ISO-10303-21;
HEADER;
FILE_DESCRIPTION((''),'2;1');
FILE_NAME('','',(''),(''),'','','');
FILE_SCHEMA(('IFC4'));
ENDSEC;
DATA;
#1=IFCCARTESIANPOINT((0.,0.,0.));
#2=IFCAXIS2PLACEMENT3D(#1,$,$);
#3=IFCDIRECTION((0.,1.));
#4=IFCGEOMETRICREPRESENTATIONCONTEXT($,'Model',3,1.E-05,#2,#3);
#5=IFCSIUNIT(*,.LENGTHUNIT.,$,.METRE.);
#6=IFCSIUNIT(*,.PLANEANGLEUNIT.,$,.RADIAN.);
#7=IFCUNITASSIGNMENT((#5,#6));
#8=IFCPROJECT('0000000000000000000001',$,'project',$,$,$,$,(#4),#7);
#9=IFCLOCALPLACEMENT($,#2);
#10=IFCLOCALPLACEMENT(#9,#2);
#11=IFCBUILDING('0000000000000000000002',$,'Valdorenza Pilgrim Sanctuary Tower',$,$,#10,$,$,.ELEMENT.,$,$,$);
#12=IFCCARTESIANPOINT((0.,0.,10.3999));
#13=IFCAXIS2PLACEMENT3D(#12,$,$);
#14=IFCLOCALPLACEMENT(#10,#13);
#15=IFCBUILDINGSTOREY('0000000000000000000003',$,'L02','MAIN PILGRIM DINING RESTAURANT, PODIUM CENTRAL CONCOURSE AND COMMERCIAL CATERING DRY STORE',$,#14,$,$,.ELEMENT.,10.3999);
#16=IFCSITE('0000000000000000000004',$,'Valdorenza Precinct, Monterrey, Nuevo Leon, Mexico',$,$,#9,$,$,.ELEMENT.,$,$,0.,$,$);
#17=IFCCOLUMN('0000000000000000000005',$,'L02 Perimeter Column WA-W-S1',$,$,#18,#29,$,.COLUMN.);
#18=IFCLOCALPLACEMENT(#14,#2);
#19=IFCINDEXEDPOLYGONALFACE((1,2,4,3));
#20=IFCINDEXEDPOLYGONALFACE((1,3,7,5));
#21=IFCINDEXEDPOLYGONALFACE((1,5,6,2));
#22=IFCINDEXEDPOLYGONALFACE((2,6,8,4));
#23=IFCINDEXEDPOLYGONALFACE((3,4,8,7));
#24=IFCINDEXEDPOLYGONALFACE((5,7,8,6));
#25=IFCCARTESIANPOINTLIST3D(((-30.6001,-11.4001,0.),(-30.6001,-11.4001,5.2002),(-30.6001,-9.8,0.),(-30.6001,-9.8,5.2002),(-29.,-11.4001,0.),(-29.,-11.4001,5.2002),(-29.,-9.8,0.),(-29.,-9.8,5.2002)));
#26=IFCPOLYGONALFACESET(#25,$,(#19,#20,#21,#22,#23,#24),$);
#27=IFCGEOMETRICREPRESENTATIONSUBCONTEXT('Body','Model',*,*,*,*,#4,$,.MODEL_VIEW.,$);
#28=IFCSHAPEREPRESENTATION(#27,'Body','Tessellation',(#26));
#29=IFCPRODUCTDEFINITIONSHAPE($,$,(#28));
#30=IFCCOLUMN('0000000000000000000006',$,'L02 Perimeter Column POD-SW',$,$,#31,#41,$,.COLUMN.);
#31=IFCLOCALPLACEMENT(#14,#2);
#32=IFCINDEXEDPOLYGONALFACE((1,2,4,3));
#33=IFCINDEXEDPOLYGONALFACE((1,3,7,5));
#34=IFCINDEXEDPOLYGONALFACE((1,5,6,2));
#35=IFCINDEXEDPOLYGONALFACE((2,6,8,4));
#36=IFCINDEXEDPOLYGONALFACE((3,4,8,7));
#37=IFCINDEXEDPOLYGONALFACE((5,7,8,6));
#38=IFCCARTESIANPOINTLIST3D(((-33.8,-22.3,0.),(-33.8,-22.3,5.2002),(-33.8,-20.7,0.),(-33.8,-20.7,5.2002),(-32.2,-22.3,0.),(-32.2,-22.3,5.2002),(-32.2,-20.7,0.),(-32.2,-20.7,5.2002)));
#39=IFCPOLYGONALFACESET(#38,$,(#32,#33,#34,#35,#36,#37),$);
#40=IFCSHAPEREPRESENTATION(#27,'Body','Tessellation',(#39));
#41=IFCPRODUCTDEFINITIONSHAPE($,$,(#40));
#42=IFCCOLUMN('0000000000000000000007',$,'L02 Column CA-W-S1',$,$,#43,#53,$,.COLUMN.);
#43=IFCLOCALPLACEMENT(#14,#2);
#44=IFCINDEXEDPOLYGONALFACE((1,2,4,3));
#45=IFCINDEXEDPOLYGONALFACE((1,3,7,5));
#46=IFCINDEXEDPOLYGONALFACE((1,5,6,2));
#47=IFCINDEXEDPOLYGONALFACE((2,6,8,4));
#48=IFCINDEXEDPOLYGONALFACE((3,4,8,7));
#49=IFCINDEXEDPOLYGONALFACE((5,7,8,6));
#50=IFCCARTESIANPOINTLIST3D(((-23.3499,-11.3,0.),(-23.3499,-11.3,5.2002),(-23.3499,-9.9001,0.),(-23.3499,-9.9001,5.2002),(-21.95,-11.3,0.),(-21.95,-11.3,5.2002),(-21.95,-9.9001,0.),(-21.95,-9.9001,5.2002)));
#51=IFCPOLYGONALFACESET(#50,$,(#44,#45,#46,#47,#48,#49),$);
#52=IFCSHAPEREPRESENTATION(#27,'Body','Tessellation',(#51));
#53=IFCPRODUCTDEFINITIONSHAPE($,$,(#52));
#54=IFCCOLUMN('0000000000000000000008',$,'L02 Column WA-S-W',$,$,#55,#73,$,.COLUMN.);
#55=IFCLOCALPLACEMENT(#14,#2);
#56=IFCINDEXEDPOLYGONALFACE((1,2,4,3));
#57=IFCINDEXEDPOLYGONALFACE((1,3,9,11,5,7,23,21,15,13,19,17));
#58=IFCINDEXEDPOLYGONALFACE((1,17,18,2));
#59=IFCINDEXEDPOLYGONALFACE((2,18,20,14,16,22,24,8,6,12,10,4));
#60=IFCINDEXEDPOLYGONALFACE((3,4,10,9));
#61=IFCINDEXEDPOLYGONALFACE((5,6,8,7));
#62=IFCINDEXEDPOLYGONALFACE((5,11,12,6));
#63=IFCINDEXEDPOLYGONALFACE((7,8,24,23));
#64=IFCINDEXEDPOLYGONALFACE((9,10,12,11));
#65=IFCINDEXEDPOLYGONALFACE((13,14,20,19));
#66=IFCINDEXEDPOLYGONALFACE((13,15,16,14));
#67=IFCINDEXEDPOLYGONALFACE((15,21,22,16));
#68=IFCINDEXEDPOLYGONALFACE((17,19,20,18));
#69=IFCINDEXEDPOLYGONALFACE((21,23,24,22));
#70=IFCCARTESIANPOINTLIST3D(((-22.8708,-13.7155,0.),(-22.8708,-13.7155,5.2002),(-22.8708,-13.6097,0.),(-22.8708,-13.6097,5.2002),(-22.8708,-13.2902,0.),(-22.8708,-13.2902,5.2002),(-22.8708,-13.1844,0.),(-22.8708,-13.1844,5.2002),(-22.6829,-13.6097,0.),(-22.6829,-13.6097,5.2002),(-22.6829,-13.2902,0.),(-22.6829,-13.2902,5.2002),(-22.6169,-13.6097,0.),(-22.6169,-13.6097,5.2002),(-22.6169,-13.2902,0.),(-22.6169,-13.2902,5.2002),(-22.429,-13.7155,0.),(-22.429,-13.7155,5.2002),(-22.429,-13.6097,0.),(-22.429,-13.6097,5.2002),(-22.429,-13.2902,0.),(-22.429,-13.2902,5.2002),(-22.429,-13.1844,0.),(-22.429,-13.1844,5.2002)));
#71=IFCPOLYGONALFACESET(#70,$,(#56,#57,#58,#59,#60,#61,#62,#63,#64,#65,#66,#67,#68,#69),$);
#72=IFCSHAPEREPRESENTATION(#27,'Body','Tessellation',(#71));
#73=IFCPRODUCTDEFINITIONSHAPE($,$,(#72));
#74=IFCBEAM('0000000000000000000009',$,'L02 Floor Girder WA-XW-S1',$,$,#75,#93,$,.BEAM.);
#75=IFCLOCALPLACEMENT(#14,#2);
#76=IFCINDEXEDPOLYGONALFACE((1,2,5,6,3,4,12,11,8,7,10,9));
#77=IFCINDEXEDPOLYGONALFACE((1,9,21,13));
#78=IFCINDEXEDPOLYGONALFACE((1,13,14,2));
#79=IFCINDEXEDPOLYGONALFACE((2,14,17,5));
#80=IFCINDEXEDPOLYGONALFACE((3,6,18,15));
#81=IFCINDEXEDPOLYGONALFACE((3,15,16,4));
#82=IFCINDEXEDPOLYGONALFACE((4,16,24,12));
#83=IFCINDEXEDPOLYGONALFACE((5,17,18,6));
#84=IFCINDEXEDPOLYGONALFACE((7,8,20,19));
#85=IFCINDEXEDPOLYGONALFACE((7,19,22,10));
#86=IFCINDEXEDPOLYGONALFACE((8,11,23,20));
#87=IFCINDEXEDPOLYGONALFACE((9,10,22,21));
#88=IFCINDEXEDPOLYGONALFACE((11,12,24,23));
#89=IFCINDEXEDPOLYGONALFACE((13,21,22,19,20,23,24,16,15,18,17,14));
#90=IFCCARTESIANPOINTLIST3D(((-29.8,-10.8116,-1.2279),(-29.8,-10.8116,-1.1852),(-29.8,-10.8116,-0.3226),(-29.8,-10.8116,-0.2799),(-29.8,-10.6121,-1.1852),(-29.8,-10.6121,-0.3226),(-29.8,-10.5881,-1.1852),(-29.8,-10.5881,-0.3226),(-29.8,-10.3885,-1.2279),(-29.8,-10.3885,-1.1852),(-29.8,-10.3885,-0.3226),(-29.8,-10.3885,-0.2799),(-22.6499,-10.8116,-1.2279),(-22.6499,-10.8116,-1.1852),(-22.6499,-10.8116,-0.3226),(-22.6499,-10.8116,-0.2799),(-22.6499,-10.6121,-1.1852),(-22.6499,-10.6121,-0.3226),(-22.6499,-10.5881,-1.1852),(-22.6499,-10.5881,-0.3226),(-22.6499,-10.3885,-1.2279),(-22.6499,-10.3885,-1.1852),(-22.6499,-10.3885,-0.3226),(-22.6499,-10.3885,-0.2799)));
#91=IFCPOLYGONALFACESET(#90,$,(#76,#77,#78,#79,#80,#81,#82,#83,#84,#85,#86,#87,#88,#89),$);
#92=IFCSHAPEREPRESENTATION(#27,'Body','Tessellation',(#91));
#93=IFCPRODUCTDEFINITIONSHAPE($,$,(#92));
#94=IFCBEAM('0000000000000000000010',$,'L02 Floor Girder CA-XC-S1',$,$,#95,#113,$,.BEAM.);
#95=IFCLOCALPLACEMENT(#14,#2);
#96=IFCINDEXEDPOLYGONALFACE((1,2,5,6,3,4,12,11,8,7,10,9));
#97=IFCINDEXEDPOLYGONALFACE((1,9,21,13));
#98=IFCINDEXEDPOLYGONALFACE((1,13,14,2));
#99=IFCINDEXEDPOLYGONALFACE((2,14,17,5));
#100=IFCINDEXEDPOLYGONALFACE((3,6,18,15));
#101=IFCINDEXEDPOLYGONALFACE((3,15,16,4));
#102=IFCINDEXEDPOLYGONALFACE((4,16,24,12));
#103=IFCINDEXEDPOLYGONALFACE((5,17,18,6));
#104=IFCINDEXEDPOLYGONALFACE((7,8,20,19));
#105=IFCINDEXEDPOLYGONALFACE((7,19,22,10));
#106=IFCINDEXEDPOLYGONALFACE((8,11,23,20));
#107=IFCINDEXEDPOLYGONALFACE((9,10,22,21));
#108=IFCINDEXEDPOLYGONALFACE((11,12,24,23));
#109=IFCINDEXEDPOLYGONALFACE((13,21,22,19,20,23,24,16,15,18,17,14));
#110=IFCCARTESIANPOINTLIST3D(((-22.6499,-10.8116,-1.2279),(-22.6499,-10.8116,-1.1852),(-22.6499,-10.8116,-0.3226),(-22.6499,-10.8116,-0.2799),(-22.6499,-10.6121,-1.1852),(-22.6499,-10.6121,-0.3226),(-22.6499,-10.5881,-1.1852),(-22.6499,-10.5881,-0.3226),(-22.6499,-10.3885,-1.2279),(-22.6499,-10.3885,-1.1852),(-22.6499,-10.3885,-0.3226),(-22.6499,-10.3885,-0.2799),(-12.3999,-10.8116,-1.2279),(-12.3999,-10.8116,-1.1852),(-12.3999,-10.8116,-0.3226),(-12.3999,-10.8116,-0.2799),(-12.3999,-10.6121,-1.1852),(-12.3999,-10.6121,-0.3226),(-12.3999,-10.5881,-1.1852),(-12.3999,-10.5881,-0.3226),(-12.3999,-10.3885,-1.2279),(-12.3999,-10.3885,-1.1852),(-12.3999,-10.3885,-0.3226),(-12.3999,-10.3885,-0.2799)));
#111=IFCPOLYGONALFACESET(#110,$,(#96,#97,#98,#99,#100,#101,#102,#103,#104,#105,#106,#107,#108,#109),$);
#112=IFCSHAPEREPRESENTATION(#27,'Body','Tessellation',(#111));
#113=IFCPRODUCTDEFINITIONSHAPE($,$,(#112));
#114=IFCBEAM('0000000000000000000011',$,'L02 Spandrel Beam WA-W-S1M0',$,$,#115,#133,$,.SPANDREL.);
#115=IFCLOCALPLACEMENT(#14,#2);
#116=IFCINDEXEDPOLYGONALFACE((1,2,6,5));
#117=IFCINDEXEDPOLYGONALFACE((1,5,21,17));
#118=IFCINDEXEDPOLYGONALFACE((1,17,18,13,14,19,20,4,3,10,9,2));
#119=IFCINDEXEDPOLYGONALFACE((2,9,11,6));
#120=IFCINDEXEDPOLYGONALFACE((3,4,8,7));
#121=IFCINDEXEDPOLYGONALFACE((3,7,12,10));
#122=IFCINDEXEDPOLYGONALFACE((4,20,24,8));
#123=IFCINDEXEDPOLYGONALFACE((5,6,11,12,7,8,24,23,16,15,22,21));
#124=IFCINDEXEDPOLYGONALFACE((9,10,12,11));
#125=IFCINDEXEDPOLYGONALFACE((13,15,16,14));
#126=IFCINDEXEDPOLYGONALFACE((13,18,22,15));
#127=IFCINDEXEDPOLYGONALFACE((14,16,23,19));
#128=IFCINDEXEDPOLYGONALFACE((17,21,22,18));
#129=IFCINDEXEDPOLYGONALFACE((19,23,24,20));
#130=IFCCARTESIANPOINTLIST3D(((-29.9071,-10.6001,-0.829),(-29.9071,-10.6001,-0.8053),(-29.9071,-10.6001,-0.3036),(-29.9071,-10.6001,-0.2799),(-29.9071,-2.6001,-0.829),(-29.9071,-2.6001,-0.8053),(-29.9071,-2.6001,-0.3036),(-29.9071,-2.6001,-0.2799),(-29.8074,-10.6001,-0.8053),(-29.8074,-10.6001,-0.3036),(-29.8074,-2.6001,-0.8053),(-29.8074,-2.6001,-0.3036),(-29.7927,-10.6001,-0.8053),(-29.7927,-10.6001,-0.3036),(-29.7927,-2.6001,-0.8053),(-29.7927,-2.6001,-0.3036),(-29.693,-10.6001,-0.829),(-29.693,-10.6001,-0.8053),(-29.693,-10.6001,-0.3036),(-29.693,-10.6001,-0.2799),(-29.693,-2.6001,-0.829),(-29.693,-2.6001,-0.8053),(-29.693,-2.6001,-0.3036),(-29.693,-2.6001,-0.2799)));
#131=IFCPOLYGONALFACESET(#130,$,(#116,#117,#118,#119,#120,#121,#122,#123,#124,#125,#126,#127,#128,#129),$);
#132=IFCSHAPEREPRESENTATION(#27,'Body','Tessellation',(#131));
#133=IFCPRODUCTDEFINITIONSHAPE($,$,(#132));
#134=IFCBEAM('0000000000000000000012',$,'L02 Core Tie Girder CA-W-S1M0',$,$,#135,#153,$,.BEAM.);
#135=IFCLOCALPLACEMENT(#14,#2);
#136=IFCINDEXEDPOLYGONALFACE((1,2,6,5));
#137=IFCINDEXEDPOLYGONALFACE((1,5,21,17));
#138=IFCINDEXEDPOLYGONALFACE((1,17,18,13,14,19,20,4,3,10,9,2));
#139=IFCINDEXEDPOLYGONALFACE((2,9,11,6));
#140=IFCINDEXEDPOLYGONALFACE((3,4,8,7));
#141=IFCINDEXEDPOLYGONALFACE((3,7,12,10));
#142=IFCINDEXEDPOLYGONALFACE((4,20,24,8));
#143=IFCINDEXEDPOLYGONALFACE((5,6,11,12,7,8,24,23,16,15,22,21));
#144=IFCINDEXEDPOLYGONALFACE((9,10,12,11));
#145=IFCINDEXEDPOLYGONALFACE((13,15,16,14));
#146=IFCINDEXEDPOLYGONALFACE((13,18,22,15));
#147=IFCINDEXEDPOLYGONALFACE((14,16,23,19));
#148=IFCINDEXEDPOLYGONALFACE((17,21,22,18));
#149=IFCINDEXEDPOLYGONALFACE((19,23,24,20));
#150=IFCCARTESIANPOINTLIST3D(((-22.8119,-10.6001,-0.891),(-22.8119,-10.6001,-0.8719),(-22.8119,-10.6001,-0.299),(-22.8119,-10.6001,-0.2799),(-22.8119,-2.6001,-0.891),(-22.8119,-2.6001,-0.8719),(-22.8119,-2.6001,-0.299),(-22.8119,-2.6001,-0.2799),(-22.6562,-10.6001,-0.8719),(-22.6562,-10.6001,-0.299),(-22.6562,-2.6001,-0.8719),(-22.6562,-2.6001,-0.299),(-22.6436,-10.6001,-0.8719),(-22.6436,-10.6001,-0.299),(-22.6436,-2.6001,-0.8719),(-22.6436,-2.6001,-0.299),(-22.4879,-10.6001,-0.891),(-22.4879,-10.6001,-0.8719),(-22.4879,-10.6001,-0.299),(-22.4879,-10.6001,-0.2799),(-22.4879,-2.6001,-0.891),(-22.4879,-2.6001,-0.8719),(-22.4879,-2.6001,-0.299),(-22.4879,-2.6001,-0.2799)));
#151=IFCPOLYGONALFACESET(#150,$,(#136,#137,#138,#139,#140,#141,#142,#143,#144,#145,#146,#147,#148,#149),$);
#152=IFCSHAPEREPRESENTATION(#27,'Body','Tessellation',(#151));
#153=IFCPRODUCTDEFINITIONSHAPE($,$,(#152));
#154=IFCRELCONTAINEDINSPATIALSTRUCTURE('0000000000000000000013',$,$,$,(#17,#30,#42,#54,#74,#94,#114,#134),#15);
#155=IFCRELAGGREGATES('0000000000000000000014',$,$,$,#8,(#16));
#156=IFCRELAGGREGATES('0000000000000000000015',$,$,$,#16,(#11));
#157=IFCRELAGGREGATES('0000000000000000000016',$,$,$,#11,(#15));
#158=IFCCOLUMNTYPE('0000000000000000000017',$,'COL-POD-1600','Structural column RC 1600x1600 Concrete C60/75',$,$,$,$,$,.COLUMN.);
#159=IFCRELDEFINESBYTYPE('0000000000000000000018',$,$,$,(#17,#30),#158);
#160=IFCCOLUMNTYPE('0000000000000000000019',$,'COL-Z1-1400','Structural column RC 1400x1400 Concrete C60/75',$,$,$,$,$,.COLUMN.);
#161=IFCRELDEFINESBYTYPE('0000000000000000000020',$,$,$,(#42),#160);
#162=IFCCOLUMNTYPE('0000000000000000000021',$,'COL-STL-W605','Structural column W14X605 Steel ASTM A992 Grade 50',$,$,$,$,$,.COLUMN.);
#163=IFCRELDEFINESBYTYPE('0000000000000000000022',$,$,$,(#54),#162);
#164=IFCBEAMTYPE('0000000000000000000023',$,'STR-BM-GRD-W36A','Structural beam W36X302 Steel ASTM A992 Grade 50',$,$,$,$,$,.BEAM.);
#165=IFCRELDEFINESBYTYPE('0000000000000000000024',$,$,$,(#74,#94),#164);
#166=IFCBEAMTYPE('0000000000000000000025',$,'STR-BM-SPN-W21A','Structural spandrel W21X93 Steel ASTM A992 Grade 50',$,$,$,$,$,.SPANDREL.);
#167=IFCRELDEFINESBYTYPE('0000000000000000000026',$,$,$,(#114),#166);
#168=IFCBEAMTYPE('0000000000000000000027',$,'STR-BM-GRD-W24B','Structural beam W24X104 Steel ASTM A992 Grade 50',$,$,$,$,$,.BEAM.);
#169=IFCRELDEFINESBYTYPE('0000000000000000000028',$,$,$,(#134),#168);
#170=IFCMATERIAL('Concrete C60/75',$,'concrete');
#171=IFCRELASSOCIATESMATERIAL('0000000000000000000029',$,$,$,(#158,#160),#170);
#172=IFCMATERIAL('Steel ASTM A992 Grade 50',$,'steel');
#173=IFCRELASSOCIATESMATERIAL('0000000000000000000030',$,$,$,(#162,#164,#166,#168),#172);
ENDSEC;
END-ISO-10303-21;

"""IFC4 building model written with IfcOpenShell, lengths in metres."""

from ifc_helpers import new_model, si_unit, direction, frame, origin, origin_2d, place, context, subcontext, project, spatial, rectangle, i_section, extrude, source, transform, mapped, material, material_profile, profile_set, type_object, element, save


model = new_model("IFC4")

# Units and contexts
model_context = context("Model", 3, precision=1e-05, world=origin(), true_north=direction((0.0, 1.0)))
body_context = subcontext(model_context, "Body", "Model", "MODEL_VIEW")
ifc_project = project(units=[si_unit("LENGTHUNIT", "METRE"), si_unit("PLANEANGLEUNIT", "RADIAN")], contexts=[model_context])

# Site, building, storey
site_placement = place(None, origin())
site = spatial("IfcSite", under=ifc_project, at=site_placement, Name="Valdorenza Precinct, Monterrey, Nuevo Leon, Mexico", CompositionType="ELEMENT", RefElevation=0.0)
building_placement = place(site_placement, origin())
building = spatial("IfcBuilding", under=site, at=building_placement, Name="Valdorenza Pilgrim Sanctuary Tower", CompositionType="ELEMENT")
storey_placement = place(building_placement, frame((0.0, 0.0, 10.3999)))
storey = spatial("IfcBuildingStorey", under=building, at=storey_placement, Name="L02", Description="MAIN PILGRIM DINING RESTAURANT, PODIUM CENTRAL CONCOURSE AND COMMERCIAL CATERING DRY STORE", CompositionType="ELEMENT", Elevation=10.3999)

# Columns
ifc_material_1 = material(Name="Concrete C60/75", Category="concrete")
ifc_material_profile_1 = material_profile(ifc_material_1, rectangle(XDim=1.6001, YDim=1.6001, at=origin_2d()), Name="RC 1600x1600")
ifc_profile_set_1 = profile_set([ifc_material_profile_1], Name="Concrete C60/75")
column_type_1 = type_object("IfcColumnType", Name="COL-POD-1600", Description="Structural column RC 1600x1600 Concrete C60/75", PredefinedType="COLUMN", material=ifc_profile_set_1)
shared_shape_1 = source(origin(), body_context, "Body", "SweptSolid", [
    extrude(rectangle(XDim=1.6001, YDim=1.6001, at=origin_2d()), origin(), (0.0, 0.0, 1.0), 5.2002),
])
for number, where, z_axis, x_axis, name in (
    (1, (-29.8, -10.6001, 0.0), (0.0, 0.0, 1.0), (1.0, 0.0, 0.0), "L02 Perimeter Column WA-W-S1"),
    (2, (-33.0, -21.5, 0.0), (0.0, 0.0, 1.0), (1.0, 0.0, 0.0), "L02 Perimeter Column POD-SW"),
):
    element("IfcColumn", number, at=place(storey_placement, frame(where, z_axis=z_axis, x_axis=x_axis)), inside=storey, type_object=column_type_1, Name=name, PredefinedType="COLUMN", context=body_context, shape_type="MappedRepresentation", body=[
        mapped(shared_shape_1, transform((0.0, 0.0, 0.0), x_axis=(1.0, 0.0, 0.0), y_axis=(0.0, 1.0, 0.0), z_axis=(0.0, 0.0, 1.0), scale=1.0)),
    ])
ifc_material_profile_2 = material_profile(ifc_material_1, rectangle(XDim=1.3999, YDim=1.3999, at=origin_2d()), Name="RC 1400x1400")
ifc_profile_set_2 = profile_set([ifc_material_profile_2], Name="Concrete C60/75")
column_type_2 = type_object("IfcColumnType", Name="COL-Z1-1400", Description="Structural column RC 1400x1400 Concrete C60/75", PredefinedType="COLUMN", material=ifc_profile_set_2)
shared_shape_2 = source(origin(), body_context, "Body", "SweptSolid", [
    extrude(rectangle(XDim=1.3999, YDim=1.3999, at=origin_2d()), origin(), (0.0, 0.0, 1.0), 5.2002),
])
column_1_placement = place(storey_placement, frame((-22.6499, -10.6001, 0.0), z_axis=(0.0, 0.0, 1.0), x_axis=(1.0, 0.0, 0.0)))
element("IfcColumn", 3, at=column_1_placement, inside=storey, type_object=column_type_2, Name="L02 Column CA-W-S1", PredefinedType="COLUMN", context=body_context, shape_type="MappedRepresentation", body=[
    mapped(shared_shape_2, transform((0.0, 0.0, 0.0), x_axis=(1.0, 0.0, 0.0), y_axis=(0.0, 1.0, 0.0), z_axis=(0.0, 0.0, 1.0), scale=1.0)),
])
ifc_material_2 = material(Name="Steel ASTM A992 Grade 50", Category="steel")
ifc_material_profile_3 = material_profile(ifc_material_2, i_section(OverallWidth=0.4419, OverallDepth=0.531, WebThickness=0.0659, FlangeThickness=0.1057, at=origin_2d()), Name="W14X605")
ifc_profile_set_3 = profile_set([ifc_material_profile_3], Name="Steel ASTM A992 Grade 50")
column_type_3 = type_object("IfcColumnType", Name="COL-STL-W605", Description="Structural column W14X605 Steel ASTM A992 Grade 50", PredefinedType="COLUMN", material=ifc_profile_set_3)
shared_shape_3 = source(origin(), body_context, "Body", "SweptSolid", [
    extrude(i_section(OverallWidth=0.4419, OverallDepth=0.531, WebThickness=0.0659, FlangeThickness=0.1057, at=origin_2d()), origin(), (0.0, 0.0, 1.0), 5.2002),
])
column_2_placement = place(storey_placement, frame((-22.6499, -13.45, 0.0), z_axis=(0.0, 0.0, 1.0), x_axis=(1.0, 0.0, 0.0)))
element("IfcColumn", 4, at=column_2_placement, inside=storey, type_object=column_type_3, Name="L02 Column WA-S-W", PredefinedType="COLUMN", context=body_context, shape_type="MappedRepresentation", body=[
    mapped(shared_shape_3, transform((0.0, 0.0, 0.0), x_axis=(1.0, 0.0, 0.0), y_axis=(0.0, 1.0, 0.0), z_axis=(0.0, 0.0, 1.0), scale=1.0)),
])

# Beams
ifc_material_profile_4 = material_profile(ifc_material_2, i_section(OverallWidth=0.4231, OverallDepth=0.948, WebThickness=0.0239, FlangeThickness=0.0427, at=origin_2d()), Name="W36X302")
ifc_profile_set_4 = profile_set([ifc_material_profile_4], Name="Steel ASTM A992 Grade 50")
beam_type_1 = type_object("IfcBeamType", Name="STR-BM-GRD-W36A", Description="Structural beam W36X302 Steel ASTM A992 Grade 50", PredefinedType="BEAM", material=ifc_profile_set_4)
shared_shape_4 = source(origin(), body_context, "Body", "SweptSolid", [
    extrude(i_section(OverallWidth=0.4231, OverallDepth=0.948, WebThickness=0.0239, FlangeThickness=0.0427, at=origin_2d()), origin(), (0.0, 0.0, 1.0), 7.1501),
])
beam_1_placement = place(storey_placement, frame((-29.8, -10.6001, -0.7539), z_axis=(1.0, 0.0, 0.0), x_axis=(0.0, 1.0, 0.0)))
element("IfcBeam", 5, at=beam_1_placement, inside=storey, type_object=beam_type_1, Name="L02 Floor Girder WA-XW-S1", PredefinedType="BEAM", context=body_context, shape_type="MappedRepresentation", body=[
    mapped(shared_shape_4, transform((0.0, 0.0, 0.0), x_axis=(1.0, 0.0, 0.0), y_axis=(0.0, 1.0, 0.0), z_axis=(0.0, 0.0, 1.0), scale=1.0)),
])
shared_shape_5 = source(origin(), body_context, "Body", "SweptSolid", [
    extrude(i_section(OverallWidth=0.4231, OverallDepth=0.948, WebThickness=0.0239, FlangeThickness=0.0427, at=origin_2d()), origin(), (0.0, 0.0, 1.0), 10.25),
])
beam_2_placement = place(storey_placement, frame((-22.6499, -10.6001, -0.7539), z_axis=(1.0, 0.0, 0.0), x_axis=(0.0, 1.0, 0.0)))
element("IfcBeam", 6, at=beam_2_placement, inside=storey, type_object=beam_type_1, Name="L02 Floor Girder CA-XC-S1", PredefinedType="BEAM", context=body_context, shape_type="MappedRepresentation", body=[
    mapped(shared_shape_5, transform((0.0, 0.0, 0.0), x_axis=(1.0, 0.0, 0.0), y_axis=(0.0, 1.0, 0.0), z_axis=(0.0, 0.0, 1.0), scale=1.0)),
])
ifc_material_profile_5 = material_profile(ifc_material_2, i_section(OverallWidth=0.2141, OverallDepth=0.5491, WebThickness=0.0146, FlangeThickness=0.0237, at=origin_2d()), Name="W21X93")
ifc_profile_set_5 = profile_set([ifc_material_profile_5], Name="Steel ASTM A992 Grade 50")
beam_type_2 = type_object("IfcBeamType", Name="STR-BM-SPN-W21A", Description="Structural spandrel W21X93 Steel ASTM A992 Grade 50", PredefinedType="SPANDREL", material=ifc_profile_set_5)
shared_shape_6 = source(origin(), body_context, "Body", "SweptSolid", [
    extrude(i_section(OverallWidth=0.2141, OverallDepth=0.5491, WebThickness=0.0146, FlangeThickness=0.0237, at=origin_2d()), origin(), (0.0, 0.0, 1.0), 8.0),
])
beam_3_placement = place(storey_placement, frame((-29.8, -10.6001, -0.5544), z_axis=(0.0, 1.0, 0.0), x_axis=(-1.0, 0.0, 0.0)))
element("IfcBeam", 7, at=beam_3_placement, inside=storey, type_object=beam_type_2, Name="L02 Spandrel Beam WA-W-S1M0", PredefinedType="SPANDREL", context=body_context, shape_type="MappedRepresentation", body=[
    mapped(shared_shape_6, transform((0.0, 0.0, 0.0), x_axis=(1.0, 0.0, 0.0), y_axis=(0.0, 1.0, 0.0), z_axis=(0.0, 0.0, 1.0), scale=1.0)),
])
ifc_material_profile_6 = material_profile(ifc_material_2, i_section(OverallWidth=0.324, OverallDepth=0.6111, WebThickness=0.0127, FlangeThickness=0.019, at=origin_2d()), Name="W24X104")
ifc_profile_set_6 = profile_set([ifc_material_profile_6], Name="Steel ASTM A992 Grade 50")
beam_type_3 = type_object("IfcBeamType", Name="STR-BM-GRD-W24B", Description="Structural beam W24X104 Steel ASTM A992 Grade 50", PredefinedType="BEAM", material=ifc_profile_set_6)
shared_shape_7 = source(origin(), body_context, "Body", "SweptSolid", [
    extrude(i_section(OverallWidth=0.324, OverallDepth=0.6111, WebThickness=0.0127, FlangeThickness=0.019, at=origin_2d()), origin(), (0.0, 0.0, 1.0), 8.0),
])
beam_4_placement = place(storey_placement, frame((-22.6499, -10.6001, -0.5854), z_axis=(0.0, 1.0, 0.0), x_axis=(-1.0, 0.0, 0.0)))
element("IfcBeam", 8, at=beam_4_placement, inside=storey, type_object=beam_type_3, Name="L02 Core Tie Girder CA-W-S1M0", PredefinedType="BEAM", context=body_context, shape_type="MappedRepresentation", body=[
    mapped(shared_shape_7, transform((0.0, 0.0, 0.0), x_axis=(1.0, 0.0, 0.0), y_axis=(0.0, 1.0, 0.0), z_axis=(0.0, 0.0, 1.0), scale=1.0)),
])

save(model, "model.ifc")
